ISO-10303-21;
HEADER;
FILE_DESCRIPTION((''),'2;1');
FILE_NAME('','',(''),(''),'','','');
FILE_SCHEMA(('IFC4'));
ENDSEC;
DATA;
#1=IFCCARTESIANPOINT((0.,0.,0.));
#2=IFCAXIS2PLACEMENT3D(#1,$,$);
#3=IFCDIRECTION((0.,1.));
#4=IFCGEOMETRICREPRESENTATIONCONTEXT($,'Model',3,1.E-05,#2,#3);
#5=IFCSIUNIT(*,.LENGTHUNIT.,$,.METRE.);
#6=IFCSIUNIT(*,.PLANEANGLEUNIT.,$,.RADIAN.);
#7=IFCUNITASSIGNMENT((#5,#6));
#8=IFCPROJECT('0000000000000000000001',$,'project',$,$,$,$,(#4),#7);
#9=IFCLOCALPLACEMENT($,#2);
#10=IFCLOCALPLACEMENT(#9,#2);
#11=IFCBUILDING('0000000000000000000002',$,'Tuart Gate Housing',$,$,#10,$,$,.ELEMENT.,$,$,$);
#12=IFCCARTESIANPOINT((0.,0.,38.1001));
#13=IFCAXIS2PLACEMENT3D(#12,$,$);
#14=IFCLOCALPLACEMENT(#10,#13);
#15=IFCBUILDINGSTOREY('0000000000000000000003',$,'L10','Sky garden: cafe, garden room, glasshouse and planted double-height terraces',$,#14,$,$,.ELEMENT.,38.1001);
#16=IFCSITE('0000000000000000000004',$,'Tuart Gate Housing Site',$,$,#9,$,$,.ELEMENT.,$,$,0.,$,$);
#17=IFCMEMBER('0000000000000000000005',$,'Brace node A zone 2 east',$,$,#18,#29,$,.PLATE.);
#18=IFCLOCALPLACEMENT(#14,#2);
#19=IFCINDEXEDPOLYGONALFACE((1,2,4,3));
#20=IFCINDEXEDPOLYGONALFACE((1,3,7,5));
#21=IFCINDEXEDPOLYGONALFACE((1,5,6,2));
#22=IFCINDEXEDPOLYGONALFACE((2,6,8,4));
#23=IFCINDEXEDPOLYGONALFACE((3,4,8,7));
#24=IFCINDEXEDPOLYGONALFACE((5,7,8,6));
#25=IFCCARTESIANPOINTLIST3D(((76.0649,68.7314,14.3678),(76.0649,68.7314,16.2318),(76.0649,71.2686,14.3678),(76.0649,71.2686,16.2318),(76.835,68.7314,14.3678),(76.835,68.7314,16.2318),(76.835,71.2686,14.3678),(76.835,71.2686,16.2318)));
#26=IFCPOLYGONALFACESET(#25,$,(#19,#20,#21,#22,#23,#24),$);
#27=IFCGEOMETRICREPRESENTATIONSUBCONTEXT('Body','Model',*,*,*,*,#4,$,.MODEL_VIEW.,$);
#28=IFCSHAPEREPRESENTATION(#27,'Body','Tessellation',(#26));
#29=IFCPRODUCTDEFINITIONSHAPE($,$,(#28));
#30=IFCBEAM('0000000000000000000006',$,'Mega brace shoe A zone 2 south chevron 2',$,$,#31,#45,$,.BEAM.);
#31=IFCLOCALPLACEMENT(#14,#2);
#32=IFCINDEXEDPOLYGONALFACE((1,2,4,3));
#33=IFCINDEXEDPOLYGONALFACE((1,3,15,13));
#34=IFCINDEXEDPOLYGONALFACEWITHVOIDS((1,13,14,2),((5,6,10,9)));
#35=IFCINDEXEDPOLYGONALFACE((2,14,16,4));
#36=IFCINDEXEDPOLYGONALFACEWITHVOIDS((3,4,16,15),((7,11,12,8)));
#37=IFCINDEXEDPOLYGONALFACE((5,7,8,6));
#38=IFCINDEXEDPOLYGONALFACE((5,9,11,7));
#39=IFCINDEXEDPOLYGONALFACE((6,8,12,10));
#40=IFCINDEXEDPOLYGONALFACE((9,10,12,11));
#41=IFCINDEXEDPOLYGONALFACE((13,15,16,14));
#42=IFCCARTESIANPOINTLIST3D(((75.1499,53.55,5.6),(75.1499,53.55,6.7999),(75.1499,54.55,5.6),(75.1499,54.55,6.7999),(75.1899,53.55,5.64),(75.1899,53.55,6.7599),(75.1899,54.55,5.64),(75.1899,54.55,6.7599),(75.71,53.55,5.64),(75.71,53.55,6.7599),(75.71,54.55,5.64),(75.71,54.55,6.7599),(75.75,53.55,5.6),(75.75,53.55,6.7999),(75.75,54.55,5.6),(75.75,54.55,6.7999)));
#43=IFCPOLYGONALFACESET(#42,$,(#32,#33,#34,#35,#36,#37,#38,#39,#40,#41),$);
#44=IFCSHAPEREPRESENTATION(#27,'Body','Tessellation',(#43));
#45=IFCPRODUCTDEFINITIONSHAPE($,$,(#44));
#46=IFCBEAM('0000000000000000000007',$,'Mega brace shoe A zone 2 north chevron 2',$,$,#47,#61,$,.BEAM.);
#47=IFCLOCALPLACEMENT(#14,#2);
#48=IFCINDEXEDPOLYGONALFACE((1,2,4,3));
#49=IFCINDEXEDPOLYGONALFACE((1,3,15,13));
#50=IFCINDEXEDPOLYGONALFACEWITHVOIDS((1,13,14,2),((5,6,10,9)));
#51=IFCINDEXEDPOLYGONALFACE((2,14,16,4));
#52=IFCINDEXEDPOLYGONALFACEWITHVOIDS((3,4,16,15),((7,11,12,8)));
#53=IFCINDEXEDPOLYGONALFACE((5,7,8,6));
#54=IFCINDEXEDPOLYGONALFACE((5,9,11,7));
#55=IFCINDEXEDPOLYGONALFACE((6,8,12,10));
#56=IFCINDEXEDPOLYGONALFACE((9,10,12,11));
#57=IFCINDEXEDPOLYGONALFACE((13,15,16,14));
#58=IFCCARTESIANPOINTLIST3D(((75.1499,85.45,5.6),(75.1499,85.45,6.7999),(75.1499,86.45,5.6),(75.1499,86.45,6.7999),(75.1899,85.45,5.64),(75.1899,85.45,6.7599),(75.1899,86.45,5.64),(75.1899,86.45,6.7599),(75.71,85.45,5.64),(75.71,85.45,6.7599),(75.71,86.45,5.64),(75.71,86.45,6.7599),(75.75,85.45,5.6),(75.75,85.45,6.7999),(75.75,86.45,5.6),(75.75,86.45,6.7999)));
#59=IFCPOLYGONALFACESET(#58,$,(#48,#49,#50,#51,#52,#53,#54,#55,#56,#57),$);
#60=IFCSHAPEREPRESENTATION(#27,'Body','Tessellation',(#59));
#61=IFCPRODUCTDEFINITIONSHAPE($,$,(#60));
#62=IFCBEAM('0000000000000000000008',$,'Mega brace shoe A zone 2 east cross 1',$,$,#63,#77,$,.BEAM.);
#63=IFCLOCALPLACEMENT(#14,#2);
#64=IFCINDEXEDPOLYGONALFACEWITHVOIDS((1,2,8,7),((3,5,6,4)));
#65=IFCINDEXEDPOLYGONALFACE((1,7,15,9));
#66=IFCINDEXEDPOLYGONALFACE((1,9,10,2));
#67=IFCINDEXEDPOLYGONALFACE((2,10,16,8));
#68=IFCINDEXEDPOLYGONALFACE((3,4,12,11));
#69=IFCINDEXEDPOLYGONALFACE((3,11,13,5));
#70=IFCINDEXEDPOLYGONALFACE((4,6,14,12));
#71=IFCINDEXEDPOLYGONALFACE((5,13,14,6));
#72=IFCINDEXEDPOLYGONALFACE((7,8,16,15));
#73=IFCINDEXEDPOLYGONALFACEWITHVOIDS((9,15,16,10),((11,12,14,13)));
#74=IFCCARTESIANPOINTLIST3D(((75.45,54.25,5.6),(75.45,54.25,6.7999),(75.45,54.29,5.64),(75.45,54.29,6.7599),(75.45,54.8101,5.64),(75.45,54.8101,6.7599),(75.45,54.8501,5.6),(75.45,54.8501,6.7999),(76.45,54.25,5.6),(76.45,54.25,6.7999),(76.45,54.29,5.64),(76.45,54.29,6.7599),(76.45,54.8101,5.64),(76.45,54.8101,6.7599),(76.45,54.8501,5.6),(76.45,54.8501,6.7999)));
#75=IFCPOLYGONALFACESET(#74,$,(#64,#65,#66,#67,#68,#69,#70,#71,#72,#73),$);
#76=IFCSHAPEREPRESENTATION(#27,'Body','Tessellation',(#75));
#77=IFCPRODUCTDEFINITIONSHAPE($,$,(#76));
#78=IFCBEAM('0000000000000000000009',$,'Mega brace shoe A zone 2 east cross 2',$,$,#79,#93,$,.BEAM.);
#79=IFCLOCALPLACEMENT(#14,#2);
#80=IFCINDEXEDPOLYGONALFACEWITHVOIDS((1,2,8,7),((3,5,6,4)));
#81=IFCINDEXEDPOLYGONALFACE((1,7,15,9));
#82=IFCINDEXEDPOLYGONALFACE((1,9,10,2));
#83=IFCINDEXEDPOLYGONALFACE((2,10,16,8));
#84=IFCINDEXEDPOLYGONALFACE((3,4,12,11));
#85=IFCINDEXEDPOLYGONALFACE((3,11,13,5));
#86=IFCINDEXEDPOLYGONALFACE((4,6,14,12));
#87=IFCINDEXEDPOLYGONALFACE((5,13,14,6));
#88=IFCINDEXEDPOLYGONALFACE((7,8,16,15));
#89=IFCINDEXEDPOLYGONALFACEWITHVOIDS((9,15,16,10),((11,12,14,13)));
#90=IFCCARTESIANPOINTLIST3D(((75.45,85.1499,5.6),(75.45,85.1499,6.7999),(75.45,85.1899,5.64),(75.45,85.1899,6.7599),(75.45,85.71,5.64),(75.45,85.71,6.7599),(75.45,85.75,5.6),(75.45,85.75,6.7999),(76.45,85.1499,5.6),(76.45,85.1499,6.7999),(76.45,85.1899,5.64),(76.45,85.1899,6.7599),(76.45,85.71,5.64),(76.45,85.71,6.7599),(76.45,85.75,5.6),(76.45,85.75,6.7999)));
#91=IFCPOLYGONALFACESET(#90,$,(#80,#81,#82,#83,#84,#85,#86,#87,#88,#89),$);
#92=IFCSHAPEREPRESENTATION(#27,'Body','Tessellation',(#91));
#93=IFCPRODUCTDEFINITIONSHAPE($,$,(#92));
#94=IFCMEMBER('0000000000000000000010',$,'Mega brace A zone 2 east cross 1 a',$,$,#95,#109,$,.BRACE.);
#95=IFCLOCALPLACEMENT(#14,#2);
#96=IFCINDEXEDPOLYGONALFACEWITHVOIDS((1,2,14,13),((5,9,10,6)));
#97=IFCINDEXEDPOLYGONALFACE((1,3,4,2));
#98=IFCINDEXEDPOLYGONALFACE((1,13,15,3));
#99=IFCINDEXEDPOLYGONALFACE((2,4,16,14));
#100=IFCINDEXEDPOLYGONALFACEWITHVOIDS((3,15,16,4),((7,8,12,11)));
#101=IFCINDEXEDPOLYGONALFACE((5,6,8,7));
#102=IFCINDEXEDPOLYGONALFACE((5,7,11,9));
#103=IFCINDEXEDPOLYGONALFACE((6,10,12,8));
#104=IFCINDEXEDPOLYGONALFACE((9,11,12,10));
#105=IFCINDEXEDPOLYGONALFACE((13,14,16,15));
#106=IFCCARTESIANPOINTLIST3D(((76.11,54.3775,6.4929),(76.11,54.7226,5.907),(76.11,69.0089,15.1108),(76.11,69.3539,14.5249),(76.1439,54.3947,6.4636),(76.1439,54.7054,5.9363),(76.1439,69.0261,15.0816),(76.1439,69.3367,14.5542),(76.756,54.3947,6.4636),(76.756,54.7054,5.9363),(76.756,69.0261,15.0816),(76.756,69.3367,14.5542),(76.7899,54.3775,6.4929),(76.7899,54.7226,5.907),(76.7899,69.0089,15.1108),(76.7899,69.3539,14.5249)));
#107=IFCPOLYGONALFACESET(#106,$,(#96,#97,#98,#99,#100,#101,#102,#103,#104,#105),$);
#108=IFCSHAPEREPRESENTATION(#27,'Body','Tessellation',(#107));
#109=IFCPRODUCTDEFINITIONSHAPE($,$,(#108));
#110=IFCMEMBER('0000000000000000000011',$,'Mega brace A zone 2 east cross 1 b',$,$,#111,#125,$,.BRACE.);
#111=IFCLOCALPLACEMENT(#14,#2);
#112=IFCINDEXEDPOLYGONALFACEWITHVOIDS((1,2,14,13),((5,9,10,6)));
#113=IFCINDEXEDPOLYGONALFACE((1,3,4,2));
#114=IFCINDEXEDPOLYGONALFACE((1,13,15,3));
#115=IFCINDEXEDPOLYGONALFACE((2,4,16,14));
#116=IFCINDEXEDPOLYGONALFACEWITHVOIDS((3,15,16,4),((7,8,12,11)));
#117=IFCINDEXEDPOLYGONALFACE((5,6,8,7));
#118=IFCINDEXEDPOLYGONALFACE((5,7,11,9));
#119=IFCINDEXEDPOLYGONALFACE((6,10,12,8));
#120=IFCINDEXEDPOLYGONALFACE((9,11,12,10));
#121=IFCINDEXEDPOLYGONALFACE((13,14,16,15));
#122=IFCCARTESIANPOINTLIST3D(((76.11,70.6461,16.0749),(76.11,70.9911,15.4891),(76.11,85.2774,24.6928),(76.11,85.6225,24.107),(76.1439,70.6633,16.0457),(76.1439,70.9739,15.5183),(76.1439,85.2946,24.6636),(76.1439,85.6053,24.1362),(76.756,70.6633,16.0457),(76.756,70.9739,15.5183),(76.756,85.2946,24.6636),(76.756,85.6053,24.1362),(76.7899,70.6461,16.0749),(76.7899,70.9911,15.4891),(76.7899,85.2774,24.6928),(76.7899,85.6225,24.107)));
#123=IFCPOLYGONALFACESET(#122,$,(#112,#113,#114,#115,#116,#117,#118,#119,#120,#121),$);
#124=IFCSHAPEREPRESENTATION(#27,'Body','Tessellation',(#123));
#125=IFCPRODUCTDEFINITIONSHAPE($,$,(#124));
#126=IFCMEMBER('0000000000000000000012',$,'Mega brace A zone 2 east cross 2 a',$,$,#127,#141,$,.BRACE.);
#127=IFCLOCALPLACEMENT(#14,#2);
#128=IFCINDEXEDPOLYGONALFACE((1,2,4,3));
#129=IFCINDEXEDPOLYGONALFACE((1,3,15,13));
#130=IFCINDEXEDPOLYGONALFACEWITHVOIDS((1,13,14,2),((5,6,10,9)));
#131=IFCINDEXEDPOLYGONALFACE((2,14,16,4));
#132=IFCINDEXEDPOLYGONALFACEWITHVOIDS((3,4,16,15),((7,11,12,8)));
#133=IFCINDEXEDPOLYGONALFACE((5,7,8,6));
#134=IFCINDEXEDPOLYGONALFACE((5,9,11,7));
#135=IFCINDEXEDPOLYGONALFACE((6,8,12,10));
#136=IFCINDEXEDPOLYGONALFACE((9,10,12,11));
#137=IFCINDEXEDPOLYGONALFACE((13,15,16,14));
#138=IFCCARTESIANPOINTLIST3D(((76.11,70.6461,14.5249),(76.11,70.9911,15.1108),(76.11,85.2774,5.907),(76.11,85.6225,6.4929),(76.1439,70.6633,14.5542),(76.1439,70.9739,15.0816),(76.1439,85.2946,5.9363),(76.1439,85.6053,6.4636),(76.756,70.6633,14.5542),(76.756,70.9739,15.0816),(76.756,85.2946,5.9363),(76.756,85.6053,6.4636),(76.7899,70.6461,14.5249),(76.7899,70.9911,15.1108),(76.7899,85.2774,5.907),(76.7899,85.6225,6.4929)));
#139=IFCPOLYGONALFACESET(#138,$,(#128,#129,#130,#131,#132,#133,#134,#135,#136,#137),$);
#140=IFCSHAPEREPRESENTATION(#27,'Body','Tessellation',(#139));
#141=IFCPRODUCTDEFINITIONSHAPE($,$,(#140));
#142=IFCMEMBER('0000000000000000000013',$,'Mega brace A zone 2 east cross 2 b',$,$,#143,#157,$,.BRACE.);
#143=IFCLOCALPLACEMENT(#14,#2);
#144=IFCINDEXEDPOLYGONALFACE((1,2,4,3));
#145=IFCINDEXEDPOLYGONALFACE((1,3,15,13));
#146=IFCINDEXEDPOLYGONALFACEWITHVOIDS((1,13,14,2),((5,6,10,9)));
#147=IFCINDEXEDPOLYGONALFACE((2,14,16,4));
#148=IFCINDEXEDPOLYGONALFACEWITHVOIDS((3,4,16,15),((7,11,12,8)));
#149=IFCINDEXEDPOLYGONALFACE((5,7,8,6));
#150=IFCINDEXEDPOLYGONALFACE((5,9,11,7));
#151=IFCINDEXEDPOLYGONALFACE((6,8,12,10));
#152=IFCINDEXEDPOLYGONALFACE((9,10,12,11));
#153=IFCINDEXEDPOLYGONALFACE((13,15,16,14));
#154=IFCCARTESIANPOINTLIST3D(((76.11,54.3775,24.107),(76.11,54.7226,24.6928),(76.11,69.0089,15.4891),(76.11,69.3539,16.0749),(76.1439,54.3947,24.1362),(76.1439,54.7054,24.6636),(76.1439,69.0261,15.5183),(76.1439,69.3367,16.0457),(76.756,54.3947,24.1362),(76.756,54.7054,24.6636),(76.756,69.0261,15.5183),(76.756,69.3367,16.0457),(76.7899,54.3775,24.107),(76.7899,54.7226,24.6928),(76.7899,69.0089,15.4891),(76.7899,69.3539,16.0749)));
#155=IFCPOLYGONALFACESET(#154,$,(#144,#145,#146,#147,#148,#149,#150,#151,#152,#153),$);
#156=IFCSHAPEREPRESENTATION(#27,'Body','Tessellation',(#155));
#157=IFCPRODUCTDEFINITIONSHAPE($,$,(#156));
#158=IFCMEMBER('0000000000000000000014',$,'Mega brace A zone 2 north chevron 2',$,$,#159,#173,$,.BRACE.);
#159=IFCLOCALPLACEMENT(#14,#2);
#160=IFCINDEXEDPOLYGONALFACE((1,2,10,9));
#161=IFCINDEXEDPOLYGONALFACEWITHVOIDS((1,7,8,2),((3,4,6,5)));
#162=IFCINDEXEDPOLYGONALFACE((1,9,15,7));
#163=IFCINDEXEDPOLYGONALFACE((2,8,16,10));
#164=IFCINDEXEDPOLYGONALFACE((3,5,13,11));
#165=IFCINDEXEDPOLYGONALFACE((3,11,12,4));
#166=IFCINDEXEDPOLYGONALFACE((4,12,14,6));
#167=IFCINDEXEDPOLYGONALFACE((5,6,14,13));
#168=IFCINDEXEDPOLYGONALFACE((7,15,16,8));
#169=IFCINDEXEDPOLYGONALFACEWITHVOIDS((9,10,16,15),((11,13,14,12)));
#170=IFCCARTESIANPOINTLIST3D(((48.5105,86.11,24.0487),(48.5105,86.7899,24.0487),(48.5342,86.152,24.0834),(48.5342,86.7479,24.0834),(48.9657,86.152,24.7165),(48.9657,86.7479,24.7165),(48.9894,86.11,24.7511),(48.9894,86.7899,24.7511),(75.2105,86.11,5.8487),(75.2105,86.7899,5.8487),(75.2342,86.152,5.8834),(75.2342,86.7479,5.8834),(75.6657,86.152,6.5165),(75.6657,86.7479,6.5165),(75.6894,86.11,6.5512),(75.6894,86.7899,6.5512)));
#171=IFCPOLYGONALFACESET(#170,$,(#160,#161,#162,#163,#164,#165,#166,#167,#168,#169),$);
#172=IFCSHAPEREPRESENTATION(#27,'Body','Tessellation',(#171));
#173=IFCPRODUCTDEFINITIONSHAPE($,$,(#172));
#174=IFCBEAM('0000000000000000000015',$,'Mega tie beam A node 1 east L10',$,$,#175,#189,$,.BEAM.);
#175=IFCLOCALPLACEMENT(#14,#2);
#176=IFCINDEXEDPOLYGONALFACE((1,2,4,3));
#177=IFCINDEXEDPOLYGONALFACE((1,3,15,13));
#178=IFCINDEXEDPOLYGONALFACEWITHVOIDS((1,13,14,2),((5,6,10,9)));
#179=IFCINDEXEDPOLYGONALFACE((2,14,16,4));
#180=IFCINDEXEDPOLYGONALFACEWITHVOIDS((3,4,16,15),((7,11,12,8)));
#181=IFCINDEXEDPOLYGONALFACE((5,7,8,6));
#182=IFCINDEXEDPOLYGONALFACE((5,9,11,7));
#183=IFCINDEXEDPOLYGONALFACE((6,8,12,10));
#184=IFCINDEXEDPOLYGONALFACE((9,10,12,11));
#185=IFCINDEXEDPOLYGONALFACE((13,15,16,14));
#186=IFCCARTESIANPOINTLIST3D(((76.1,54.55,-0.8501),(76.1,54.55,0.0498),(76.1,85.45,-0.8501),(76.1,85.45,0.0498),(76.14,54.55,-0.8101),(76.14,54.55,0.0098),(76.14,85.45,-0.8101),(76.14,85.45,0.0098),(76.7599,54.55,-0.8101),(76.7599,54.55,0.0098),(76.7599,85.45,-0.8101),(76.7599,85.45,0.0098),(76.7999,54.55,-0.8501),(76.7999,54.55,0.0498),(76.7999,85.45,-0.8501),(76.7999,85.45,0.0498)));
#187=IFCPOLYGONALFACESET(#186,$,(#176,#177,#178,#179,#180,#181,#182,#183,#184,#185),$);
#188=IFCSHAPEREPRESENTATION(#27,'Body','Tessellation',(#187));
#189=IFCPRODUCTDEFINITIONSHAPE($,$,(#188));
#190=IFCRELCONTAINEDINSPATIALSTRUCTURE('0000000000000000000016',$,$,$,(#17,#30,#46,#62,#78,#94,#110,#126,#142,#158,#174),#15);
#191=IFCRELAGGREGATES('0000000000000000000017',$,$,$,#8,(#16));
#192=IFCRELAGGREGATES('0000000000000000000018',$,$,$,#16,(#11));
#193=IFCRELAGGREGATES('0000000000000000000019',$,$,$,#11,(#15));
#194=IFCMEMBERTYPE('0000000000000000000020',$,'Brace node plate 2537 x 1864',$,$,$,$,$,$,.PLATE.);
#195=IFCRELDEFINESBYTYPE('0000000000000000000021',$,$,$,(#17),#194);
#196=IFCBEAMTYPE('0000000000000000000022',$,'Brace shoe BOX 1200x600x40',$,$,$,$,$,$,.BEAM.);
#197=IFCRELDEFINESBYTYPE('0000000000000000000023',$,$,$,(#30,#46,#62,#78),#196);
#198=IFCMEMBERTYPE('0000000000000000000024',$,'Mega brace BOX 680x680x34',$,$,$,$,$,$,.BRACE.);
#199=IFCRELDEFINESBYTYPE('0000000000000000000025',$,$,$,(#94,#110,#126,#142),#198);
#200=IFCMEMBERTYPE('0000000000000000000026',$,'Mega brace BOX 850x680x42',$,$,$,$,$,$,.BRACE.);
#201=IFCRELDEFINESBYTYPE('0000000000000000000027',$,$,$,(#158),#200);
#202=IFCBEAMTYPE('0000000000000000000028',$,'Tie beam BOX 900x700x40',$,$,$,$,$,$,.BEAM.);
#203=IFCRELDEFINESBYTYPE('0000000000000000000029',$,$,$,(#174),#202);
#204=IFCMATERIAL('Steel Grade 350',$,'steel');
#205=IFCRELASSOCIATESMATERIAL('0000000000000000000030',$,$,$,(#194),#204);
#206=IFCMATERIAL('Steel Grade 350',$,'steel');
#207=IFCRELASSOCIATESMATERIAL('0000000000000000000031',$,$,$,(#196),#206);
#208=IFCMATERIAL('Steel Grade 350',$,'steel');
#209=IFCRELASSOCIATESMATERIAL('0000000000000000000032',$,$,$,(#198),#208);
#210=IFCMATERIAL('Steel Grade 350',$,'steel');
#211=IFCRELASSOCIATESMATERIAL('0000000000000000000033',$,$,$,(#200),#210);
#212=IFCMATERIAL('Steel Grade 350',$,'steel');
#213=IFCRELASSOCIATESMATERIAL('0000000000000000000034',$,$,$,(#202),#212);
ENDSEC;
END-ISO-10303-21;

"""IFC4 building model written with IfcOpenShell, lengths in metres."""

from ifc_helpers import new_model, si_unit, direction, frame, origin, origin_2d, place, context, subcontext, project, spatial, rectangle, hollow_rectangle, extrude, material, material_profile, profile_set, type_object, element, save


model = new_model("IFC4")

# Units and contexts
model_context = context("Model", 3, precision=1e-05, world=origin(), true_north=direction((0.0, 1.0)))
body_context = subcontext(model_context, "Body", "Model", "MODEL_VIEW")
ifc_project = project(units=[si_unit("LENGTHUNIT", "METRE"), si_unit("PLANEANGLEUNIT", "RADIAN")], contexts=[model_context])

# Site, building, storey
site_placement = place(None, origin())
site = spatial("IfcSite", under=ifc_project, at=site_placement, Name="Tuart Gate Housing Site", CompositionType="ELEMENT", RefElevation=0.0)
building_placement = place(site_placement, origin())
building = spatial("IfcBuilding", under=site, at=building_placement, Name="Tuart Gate Housing", CompositionType="ELEMENT")
storey_placement = place(building_placement, frame((0.0, 0.0, 38.1001)))
storey = spatial("IfcBuildingStorey", under=building, at=storey_placement, Name="L10", Description="Sky garden: cafe, garden room, glasshouse and planted double-height terraces", CompositionType="ELEMENT", Elevation=38.1001)

# Member
ifc_material_1 = material(Name="Steel Grade 350", Category="steel")
ifc_material_profile_1 = material_profile(ifc_material_1, rectangle(XDim=2.5371, YDim=1.864, at=origin_2d()), Name="Brace node plate 2537 x 1864")
ifc_profile_set_1 = profile_set([ifc_material_profile_1], Name="Steel Grade 350")
member_type_1 = type_object("IfcMemberType", Name="Brace node plate 2537 x 1864", PredefinedType="PLATE", material=ifc_profile_set_1)
member_1_placement = place(storey_placement, frame((76.0649, 70.0, 15.2998), z_axis=(1.0, 0.0, 0.0), x_axis=(0.0, 1.0, 0.0)))
element("IfcMember", 1, at=member_1_placement, inside=storey, type_object=member_type_1, Name="Brace node A zone 2 east", PredefinedType="PLATE", context=body_context, shape_type="SweptSolid", body=[
    extrude(rectangle(XDim=2.5371, YDim=1.864, at=origin_2d()), origin(), (0.0, 0.0, 1.0), 0.77),
])

# Beams
ifc_material_2 = material(Name="Steel Grade 350", Category="steel")
ifc_material_profile_2 = material_profile(ifc_material_2, hollow_rectangle(XDim=0.6001, YDim=1.2, WallThickness=0.04, at=origin_2d()), Name="BOX 1200x600x40")
ifc_profile_set_2 = profile_set([ifc_material_profile_2], Name="Steel Grade 350")
beam_type_1 = type_object("IfcBeamType", Name="Brace shoe BOX 1200x600x40", PredefinedType="BEAM", material=ifc_profile_set_2)
for number, where, z_axis, x_axis, name in (
    (2, (75.45, 54.55, 6.2), (0.0, -1.0, 0.0), (1.0, 0.0, 0.0), "Mega brace shoe A zone 2 south chevron 2"),
    (3, (75.45, 85.45, 6.2), (0.0, 1.0, 0.0), (-1.0, 0.0, 0.0), "Mega brace shoe A zone 2 north chevron 2"),
    (4, (75.45, 54.55, 6.2), (1.0, 0.0, 0.0), (0.0, 1.0, 0.0), "Mega brace shoe A zone 2 east cross 1"),
    (5, (75.45, 85.45, 6.2), (1.0, 0.0, 0.0), (0.0, 1.0, 0.0), "Mega brace shoe A zone 2 east cross 2"),
):
    element("IfcBeam", number, at=place(storey_placement, frame(where, z_axis=z_axis, x_axis=x_axis)), inside=storey, type_object=beam_type_1, Name=name, PredefinedType="BEAM", context=body_context, shape_type="SweptSolid", body=[
        extrude(hollow_rectangle(XDim=0.6001, YDim=1.2, WallThickness=0.04, at=origin_2d()), origin(), (0.0, 0.0, 1.0), 1.0),
    ])

# Members
ifc_material_3 = material(Name="Steel Grade 350", Category="steel")
ifc_material_profile_3 = material_profile(ifc_material_3, hollow_rectangle(XDim=0.6799, YDim=0.6799, WallThickness=0.0339, at=origin_2d()), Name="BOX 680x680x34")
ifc_profile_set_3 = profile_set([ifc_material_profile_3], Name="Steel Grade 350")
member_type_2 = type_object("IfcMemberType", Name="Mega brace BOX 680x680x34", PredefinedType="BRACE", material=ifc_profile_set_3)
for number, where, z_axis, x_axis, name in (
    (6, (76.45, 54.55, 6.2), (0.0, 0.861645, 0.507512), (-1.0, 0.0, 0.0), "Mega brace A zone 2 east cross 1 a"),
    (7, (76.45, 70.8186, 15.782), (0.0, 0.861645, 0.507512), (-1.0, 0.0, 0.0), "Mega brace A zone 2 east cross 1 b"),
    (8, (76.45, 85.45, 6.2), (0.0, -0.861645, 0.507512), (1.0, 0.0, 0.0), "Mega brace A zone 2 east cross 2 a"),
    (9, (76.45, 69.1814, 15.782), (0.0, -0.861645, 0.507512), (1.0, 0.0, 0.0), "Mega brace A zone 2 east cross 2 b"),
):
    element("IfcMember", number, at=place(storey_placement, frame(where, z_axis=z_axis, x_axis=x_axis)), inside=storey, type_object=member_type_2, Name=name, PredefinedType="BRACE", context=body_context, shape_type="SweptSolid", body=[
        extrude(hollow_rectangle(XDim=0.6799, YDim=0.6799, WallThickness=0.0339, at=origin_2d()), origin(), (0.0, 0.0, 1.0), 16.9807),
    ])
ifc_material_4 = material(Name="Steel Grade 350", Category="steel")
ifc_material_profile_4 = material_profile(ifc_material_4, hollow_rectangle(XDim=0.6799, YDim=0.8501, WallThickness=0.042, at=origin_2d()), Name="BOX 850x680x42")
ifc_profile_set_4 = profile_set([ifc_material_profile_4], Name="Steel Grade 350")
member_type_3 = type_object("IfcMemberType", Name="Mega brace BOX 850x680x42", PredefinedType="BRACE", material=ifc_profile_set_4)
member_2_placement = place(storey_placement, frame((75.45, 86.45, 6.2), z_axis=(-0.826293, 0.0, 0.56324), x_axis=(0.0, -1.0, 0.0)))
element("IfcMember", 10, at=member_2_placement, inside=storey, type_object=member_type_3, Name="Mega brace A zone 2 north chevron 2", PredefinedType="BRACE", context=body_context, shape_type="SweptSolid", body=[
    extrude(hollow_rectangle(XDim=0.6799, YDim=0.8501, WallThickness=0.042, at=origin_2d()), origin(), (0.0, 0.0, 1.0), 32.313),
])

# Beam
ifc_material_5 = material(Name="Steel Grade 350", Category="steel")
ifc_material_profile_5 = material_profile(ifc_material_5, hollow_rectangle(XDim=0.7, YDim=0.8999, WallThickness=0.04, at=origin_2d()), Name="BOX 900x700x40")
ifc_profile_set_5 = profile_set([ifc_material_profile_5], Name="Steel Grade 350")
beam_type_2 = type_object("IfcBeamType", Name="Tie beam BOX 900x700x40", PredefinedType="BEAM", material=ifc_profile_set_5)
beam_placement = place(storey_placement, frame((76.45, 54.55, -0.4001), z_axis=(0.0, 1.0, 0.0), x_axis=(-1.0, 0.0, 0.0)))
element("IfcBeam", 11, at=beam_placement, inside=storey, type_object=beam_type_2, Name="Mega tie beam A node 1 east L10", PredefinedType="BEAM", context=body_context, shape_type="SweptSolid", body=[
    extrude(hollow_rectangle(XDim=0.7, YDim=0.8999, WallThickness=0.04, at=origin_2d()), origin(), (0.0, 0.0, 1.0), 30.8999),
])

save(model, "model.ifc")
